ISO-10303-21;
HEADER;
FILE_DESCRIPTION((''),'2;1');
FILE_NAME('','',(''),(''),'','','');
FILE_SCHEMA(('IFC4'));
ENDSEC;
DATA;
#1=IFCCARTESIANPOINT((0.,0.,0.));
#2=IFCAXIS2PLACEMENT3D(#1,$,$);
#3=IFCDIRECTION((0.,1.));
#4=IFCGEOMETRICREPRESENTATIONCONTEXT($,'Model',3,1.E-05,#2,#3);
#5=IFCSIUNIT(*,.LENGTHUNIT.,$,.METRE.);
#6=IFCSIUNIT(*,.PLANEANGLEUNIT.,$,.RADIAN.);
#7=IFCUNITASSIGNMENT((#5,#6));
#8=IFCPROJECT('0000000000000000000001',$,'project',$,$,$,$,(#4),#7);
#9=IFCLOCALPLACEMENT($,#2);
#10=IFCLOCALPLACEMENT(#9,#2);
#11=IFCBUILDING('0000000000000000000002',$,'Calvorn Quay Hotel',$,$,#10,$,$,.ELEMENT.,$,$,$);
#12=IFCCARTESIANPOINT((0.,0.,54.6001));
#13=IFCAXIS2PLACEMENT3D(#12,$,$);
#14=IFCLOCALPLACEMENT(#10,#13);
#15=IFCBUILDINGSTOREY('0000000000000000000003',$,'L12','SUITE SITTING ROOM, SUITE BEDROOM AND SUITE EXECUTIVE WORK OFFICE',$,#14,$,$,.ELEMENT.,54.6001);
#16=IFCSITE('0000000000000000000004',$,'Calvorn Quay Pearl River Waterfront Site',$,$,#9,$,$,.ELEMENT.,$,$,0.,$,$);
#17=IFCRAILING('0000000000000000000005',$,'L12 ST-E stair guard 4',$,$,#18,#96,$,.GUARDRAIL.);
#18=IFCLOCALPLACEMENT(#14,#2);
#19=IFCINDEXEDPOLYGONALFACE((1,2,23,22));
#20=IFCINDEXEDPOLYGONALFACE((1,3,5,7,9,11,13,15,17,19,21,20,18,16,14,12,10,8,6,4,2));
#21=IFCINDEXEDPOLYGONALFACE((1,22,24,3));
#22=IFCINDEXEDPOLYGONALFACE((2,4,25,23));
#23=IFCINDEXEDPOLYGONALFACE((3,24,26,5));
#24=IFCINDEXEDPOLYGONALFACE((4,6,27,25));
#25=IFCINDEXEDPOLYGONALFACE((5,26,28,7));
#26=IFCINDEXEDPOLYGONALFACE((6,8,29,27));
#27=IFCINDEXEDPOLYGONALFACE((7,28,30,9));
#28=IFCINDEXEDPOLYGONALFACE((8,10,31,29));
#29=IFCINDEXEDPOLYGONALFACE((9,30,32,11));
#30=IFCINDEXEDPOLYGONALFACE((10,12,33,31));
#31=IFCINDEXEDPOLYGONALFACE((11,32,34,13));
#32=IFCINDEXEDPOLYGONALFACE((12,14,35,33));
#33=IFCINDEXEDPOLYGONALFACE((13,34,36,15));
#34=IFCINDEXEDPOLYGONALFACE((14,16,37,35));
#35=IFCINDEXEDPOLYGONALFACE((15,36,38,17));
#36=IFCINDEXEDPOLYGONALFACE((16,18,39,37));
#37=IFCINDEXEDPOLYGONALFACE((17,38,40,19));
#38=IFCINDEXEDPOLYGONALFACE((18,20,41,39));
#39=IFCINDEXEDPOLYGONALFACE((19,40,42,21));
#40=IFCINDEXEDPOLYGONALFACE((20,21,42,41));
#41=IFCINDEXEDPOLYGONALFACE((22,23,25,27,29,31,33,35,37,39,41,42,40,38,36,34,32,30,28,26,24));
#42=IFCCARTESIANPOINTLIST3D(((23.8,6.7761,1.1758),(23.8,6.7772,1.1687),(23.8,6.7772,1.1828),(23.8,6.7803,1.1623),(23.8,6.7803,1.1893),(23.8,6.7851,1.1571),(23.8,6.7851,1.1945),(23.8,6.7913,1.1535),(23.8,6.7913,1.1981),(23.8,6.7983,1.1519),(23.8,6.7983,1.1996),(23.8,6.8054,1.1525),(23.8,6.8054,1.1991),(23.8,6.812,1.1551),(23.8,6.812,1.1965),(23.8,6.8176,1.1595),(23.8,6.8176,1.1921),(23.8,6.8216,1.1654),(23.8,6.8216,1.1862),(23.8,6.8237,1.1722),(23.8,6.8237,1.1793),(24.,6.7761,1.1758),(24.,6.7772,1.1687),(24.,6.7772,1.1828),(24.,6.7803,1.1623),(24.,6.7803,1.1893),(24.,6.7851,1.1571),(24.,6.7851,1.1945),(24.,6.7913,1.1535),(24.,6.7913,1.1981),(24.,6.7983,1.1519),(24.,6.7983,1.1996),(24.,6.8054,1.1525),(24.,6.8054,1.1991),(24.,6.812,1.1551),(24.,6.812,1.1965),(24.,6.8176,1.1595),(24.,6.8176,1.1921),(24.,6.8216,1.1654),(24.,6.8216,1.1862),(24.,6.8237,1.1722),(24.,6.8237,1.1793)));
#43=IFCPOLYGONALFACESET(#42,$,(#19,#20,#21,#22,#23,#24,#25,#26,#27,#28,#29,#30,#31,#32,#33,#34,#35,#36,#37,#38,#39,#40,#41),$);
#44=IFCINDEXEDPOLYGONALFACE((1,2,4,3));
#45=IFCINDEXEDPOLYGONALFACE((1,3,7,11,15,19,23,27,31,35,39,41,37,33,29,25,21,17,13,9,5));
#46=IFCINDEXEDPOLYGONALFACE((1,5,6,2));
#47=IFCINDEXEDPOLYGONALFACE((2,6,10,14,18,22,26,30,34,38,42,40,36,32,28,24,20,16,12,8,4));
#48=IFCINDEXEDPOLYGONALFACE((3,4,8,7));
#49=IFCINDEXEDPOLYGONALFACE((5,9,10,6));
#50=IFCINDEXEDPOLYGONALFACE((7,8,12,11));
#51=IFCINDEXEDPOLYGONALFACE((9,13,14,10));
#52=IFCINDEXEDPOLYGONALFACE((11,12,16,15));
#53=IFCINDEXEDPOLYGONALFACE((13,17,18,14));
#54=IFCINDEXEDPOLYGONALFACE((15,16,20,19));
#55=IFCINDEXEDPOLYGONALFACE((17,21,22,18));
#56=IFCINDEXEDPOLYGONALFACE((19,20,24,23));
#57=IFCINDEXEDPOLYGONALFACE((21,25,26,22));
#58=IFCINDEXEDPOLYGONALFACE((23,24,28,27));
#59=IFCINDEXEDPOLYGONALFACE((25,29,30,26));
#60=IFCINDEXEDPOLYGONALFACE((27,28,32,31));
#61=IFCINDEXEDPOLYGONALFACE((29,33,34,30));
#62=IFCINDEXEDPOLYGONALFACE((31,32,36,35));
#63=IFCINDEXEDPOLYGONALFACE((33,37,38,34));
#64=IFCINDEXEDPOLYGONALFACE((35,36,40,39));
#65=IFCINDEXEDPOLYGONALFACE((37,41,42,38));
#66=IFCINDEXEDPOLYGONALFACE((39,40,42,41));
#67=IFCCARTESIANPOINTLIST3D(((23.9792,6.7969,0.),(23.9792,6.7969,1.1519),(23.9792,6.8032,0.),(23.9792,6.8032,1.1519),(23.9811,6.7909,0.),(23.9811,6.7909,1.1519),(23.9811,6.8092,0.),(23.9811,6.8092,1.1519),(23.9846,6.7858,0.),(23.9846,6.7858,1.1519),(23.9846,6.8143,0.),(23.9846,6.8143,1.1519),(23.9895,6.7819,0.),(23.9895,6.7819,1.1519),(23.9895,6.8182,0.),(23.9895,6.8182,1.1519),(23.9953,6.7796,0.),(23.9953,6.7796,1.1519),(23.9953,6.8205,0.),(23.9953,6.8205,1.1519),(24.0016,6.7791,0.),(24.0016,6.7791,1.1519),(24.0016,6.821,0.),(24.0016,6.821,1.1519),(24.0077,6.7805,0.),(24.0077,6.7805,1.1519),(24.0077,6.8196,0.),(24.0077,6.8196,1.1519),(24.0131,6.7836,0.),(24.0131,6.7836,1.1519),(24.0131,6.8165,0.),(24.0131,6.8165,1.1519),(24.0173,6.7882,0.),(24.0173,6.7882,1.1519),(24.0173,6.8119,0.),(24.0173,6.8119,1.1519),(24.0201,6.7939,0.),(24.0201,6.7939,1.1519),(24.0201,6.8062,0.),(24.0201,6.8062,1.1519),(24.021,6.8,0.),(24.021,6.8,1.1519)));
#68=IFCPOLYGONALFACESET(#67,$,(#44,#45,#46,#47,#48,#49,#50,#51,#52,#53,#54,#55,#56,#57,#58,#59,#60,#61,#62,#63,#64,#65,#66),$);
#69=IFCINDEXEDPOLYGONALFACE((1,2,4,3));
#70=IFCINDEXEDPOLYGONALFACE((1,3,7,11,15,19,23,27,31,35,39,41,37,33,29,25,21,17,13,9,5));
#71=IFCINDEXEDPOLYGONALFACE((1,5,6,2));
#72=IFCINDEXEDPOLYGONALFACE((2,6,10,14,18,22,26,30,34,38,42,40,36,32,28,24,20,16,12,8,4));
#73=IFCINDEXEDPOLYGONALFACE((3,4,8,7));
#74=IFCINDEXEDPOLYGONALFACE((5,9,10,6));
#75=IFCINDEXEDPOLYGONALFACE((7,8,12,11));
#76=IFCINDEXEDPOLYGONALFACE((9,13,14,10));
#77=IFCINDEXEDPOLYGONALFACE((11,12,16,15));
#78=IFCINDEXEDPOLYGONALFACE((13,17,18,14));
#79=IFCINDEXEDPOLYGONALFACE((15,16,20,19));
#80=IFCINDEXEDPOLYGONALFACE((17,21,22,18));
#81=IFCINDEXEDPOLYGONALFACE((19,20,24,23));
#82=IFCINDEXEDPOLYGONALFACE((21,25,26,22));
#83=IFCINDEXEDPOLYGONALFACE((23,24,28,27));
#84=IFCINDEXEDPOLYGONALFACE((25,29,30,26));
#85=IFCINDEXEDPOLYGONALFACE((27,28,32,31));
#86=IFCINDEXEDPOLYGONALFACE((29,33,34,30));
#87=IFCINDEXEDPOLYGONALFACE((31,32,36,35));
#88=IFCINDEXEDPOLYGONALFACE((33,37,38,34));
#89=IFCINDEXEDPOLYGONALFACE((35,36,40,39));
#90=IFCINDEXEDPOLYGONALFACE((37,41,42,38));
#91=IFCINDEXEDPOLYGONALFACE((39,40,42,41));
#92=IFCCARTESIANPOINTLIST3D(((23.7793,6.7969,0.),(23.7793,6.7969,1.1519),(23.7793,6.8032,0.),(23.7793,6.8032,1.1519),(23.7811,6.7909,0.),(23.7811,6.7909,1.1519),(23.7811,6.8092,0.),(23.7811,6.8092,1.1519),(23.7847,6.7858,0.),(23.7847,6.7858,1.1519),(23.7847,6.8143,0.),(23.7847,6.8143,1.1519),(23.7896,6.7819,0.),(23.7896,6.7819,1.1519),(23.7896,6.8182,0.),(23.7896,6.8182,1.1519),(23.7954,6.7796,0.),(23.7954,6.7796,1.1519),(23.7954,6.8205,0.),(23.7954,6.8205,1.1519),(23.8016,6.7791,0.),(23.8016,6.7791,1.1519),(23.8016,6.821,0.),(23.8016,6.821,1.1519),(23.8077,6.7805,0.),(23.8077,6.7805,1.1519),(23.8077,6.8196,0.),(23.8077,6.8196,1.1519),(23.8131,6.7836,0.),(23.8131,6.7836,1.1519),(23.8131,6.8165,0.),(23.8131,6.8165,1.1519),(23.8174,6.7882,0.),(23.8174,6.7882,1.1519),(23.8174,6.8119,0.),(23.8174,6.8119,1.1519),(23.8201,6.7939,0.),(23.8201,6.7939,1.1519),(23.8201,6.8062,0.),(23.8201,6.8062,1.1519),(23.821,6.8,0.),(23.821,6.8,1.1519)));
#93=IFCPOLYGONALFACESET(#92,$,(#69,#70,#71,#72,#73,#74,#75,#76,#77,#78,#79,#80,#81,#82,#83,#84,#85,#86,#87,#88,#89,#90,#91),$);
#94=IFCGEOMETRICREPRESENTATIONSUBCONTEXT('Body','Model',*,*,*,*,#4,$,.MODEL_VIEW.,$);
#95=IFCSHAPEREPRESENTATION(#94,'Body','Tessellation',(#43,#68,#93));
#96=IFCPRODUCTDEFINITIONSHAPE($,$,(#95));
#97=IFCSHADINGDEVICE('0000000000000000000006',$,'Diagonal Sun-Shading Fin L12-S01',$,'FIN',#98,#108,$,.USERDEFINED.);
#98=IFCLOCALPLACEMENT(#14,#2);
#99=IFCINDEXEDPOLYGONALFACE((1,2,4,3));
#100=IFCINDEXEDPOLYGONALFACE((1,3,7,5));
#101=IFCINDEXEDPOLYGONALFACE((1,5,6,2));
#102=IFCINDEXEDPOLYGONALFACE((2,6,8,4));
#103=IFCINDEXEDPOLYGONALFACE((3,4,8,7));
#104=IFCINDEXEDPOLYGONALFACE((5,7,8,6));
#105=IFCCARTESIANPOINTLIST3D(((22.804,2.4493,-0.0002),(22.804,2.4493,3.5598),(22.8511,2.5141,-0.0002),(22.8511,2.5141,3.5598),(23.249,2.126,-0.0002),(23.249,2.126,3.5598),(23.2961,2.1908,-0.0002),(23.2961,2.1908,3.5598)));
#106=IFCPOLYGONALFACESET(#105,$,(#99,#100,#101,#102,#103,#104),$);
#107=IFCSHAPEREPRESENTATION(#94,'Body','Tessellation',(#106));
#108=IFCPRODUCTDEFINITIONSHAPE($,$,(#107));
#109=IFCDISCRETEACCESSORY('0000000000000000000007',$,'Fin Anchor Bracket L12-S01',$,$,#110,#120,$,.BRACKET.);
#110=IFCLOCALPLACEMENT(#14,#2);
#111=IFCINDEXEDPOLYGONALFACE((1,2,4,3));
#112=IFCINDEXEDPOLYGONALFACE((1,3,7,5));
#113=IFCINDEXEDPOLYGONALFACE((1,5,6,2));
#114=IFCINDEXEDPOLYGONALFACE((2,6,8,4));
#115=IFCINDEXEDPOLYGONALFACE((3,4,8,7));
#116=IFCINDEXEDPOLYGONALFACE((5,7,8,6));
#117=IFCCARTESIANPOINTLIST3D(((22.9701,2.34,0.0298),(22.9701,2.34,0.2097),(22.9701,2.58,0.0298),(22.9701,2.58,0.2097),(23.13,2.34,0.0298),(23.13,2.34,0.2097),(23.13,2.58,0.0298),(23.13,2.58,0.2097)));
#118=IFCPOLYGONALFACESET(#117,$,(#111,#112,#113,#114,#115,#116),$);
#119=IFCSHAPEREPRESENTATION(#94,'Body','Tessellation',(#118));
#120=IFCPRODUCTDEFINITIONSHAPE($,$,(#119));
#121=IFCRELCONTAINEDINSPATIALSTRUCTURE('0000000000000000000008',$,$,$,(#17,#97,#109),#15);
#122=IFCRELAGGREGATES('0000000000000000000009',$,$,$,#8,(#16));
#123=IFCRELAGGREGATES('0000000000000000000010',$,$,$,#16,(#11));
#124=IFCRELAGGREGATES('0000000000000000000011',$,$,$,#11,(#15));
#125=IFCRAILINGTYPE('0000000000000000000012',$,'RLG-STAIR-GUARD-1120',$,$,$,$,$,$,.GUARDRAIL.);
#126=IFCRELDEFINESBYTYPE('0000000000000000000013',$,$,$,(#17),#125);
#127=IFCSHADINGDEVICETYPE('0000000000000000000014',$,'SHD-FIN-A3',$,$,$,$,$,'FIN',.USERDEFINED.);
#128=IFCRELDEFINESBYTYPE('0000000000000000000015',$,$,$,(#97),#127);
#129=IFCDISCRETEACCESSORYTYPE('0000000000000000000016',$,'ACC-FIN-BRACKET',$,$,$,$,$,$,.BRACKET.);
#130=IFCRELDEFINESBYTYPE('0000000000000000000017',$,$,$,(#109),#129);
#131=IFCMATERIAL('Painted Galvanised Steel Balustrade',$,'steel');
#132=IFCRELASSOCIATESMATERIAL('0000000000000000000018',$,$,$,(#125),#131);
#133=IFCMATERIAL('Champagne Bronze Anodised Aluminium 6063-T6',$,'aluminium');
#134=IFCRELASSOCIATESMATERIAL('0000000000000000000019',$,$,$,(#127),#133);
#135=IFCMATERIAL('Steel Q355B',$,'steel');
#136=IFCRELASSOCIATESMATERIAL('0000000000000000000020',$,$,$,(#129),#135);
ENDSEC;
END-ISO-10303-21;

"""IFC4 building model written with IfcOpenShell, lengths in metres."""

from ifc_helpers import new_model, si_unit, direction, frame, origin, origin_2d, place, context, subcontext, project, spatial, rectangle, circle, extrude, material, type_object, element, save


model = new_model("IFC4")

# Units and contexts
model_context = context("Model", 3, precision=1e-05, world=origin(), true_north=direction((0.0, 1.0)))
body_context = subcontext(model_context, "Body", "Model", "MODEL_VIEW")
ifc_project = project(units=[si_unit("LENGTHUNIT", "METRE"), si_unit("PLANEANGLEUNIT", "RADIAN")], contexts=[model_context])

# Site, building, storey
site_placement = place(None, origin())
site = spatial("IfcSite", under=ifc_project, at=site_placement, Name="Calvorn Quay Pearl River Waterfront Site", CompositionType="ELEMENT", RefElevation=0.0)
building_placement = place(site_placement, origin())
building = spatial("IfcBuilding", under=site, at=building_placement, Name="Calvorn Quay Hotel", CompositionType="ELEMENT")
storey_placement = place(building_placement, frame((0.0, 0.0, 54.6001)))
storey = spatial("IfcBuildingStorey", under=building, at=storey_placement, Name="L12", Description="SUITE SITTING ROOM, SUITE BEDROOM AND SUITE EXECUTIVE WORK OFFICE", CompositionType="ELEMENT", Elevation=54.6001)

# Railing
ifc_material_1 = material(Name="Painted Galvanised Steel Balustrade", Category="steel")
railing_type_1 = type_object("IfcRailingType", Name="RLG-STAIR-GUARD-1120", PredefinedType="GUARDRAIL", material=ifc_material_1)
railing_1_placement = place(storey_placement, frame((24.0, 6.8, 0.0)))
element("IfcRailing", 1, at=railing_1_placement, inside=storey, type_object=railing_type_1, Name="L12 ST-E stair guard 4", PredefinedType="GUARDRAIL", context=body_context, shape_type="SweptSolid", body=[
    extrude(circle(Radius=0.0239, at=origin_2d()), frame((0.0, 0.0, 1.1758), z_axis=(-1.0, 0.0, 0.0), x_axis=(0.0, -1.0, 0.0)), (0.0, 0.0, 1.0), 0.2),
    extrude(circle(Radius=0.021, at=origin_2d()), origin(), (0.0, 0.0, 1.0), 1.1519),
    extrude(circle(Radius=0.021, at=origin_2d()), frame((-0.2, 0.0, 0.0)), (0.0, 0.0, 1.0), 1.1519),
])

# Shading device
ifc_material_2 = material(Name="Champagne Bronze Anodised Aluminium 6063-T6", Category="aluminium")
shading_device_type = type_object("IfcShadingDeviceType", Name="SHD-FIN-A3", ElementType="FIN", PredefinedType="USERDEFINED", material=ifc_material_2)
shading_device_placement = place(storey_placement, frame((23.05, 2.3201, -0.0002), z_axis=(0.0, 0.0, 1.0), x_axis=(-0.809017, 0.587785, 0.0)))
element("IfcShadingDevice", 2, at=shading_device_placement, inside=storey, type_object=shading_device_type, Name="Diagonal Sun-Shading Fin L12-S01", ObjectType="FIN", PredefinedType="USERDEFINED", context=body_context, shape_type="SweptSolid", body=[
    extrude(rectangle(XDim=0.55, YDim=0.0801, at=origin_2d()), origin(), (0.0, 0.0, 1.0), 3.5601),
])

# Discrete accessory
ifc_material_3 = material(Name="Steel Q355B", Category="steel")
discrete_accessory_type = type_object("IfcDiscreteAccessoryType", Name="ACC-FIN-BRACKET", PredefinedType="BRACKET", material=ifc_material_3)
discrete_accessory_placement = place(storey_placement, frame((23.05, 2.46, 0.0298), z_axis=(0.0, 0.0, 1.0), x_axis=(0.0, 1.0, 0.0)))
element("IfcDiscreteAccessory", 3, at=discrete_accessory_placement, inside=storey, type_object=discrete_accessory_type, Name="Fin Anchor Bracket L12-S01", PredefinedType="BRACKET", context=body_context, shape_type="SweptSolid", body=[
    extrude(rectangle(XDim=0.24, YDim=0.1599, at=origin_2d()), origin(), (0.0, 0.0, 1.0), 0.1799),
])

save(model, "model.ifc")
